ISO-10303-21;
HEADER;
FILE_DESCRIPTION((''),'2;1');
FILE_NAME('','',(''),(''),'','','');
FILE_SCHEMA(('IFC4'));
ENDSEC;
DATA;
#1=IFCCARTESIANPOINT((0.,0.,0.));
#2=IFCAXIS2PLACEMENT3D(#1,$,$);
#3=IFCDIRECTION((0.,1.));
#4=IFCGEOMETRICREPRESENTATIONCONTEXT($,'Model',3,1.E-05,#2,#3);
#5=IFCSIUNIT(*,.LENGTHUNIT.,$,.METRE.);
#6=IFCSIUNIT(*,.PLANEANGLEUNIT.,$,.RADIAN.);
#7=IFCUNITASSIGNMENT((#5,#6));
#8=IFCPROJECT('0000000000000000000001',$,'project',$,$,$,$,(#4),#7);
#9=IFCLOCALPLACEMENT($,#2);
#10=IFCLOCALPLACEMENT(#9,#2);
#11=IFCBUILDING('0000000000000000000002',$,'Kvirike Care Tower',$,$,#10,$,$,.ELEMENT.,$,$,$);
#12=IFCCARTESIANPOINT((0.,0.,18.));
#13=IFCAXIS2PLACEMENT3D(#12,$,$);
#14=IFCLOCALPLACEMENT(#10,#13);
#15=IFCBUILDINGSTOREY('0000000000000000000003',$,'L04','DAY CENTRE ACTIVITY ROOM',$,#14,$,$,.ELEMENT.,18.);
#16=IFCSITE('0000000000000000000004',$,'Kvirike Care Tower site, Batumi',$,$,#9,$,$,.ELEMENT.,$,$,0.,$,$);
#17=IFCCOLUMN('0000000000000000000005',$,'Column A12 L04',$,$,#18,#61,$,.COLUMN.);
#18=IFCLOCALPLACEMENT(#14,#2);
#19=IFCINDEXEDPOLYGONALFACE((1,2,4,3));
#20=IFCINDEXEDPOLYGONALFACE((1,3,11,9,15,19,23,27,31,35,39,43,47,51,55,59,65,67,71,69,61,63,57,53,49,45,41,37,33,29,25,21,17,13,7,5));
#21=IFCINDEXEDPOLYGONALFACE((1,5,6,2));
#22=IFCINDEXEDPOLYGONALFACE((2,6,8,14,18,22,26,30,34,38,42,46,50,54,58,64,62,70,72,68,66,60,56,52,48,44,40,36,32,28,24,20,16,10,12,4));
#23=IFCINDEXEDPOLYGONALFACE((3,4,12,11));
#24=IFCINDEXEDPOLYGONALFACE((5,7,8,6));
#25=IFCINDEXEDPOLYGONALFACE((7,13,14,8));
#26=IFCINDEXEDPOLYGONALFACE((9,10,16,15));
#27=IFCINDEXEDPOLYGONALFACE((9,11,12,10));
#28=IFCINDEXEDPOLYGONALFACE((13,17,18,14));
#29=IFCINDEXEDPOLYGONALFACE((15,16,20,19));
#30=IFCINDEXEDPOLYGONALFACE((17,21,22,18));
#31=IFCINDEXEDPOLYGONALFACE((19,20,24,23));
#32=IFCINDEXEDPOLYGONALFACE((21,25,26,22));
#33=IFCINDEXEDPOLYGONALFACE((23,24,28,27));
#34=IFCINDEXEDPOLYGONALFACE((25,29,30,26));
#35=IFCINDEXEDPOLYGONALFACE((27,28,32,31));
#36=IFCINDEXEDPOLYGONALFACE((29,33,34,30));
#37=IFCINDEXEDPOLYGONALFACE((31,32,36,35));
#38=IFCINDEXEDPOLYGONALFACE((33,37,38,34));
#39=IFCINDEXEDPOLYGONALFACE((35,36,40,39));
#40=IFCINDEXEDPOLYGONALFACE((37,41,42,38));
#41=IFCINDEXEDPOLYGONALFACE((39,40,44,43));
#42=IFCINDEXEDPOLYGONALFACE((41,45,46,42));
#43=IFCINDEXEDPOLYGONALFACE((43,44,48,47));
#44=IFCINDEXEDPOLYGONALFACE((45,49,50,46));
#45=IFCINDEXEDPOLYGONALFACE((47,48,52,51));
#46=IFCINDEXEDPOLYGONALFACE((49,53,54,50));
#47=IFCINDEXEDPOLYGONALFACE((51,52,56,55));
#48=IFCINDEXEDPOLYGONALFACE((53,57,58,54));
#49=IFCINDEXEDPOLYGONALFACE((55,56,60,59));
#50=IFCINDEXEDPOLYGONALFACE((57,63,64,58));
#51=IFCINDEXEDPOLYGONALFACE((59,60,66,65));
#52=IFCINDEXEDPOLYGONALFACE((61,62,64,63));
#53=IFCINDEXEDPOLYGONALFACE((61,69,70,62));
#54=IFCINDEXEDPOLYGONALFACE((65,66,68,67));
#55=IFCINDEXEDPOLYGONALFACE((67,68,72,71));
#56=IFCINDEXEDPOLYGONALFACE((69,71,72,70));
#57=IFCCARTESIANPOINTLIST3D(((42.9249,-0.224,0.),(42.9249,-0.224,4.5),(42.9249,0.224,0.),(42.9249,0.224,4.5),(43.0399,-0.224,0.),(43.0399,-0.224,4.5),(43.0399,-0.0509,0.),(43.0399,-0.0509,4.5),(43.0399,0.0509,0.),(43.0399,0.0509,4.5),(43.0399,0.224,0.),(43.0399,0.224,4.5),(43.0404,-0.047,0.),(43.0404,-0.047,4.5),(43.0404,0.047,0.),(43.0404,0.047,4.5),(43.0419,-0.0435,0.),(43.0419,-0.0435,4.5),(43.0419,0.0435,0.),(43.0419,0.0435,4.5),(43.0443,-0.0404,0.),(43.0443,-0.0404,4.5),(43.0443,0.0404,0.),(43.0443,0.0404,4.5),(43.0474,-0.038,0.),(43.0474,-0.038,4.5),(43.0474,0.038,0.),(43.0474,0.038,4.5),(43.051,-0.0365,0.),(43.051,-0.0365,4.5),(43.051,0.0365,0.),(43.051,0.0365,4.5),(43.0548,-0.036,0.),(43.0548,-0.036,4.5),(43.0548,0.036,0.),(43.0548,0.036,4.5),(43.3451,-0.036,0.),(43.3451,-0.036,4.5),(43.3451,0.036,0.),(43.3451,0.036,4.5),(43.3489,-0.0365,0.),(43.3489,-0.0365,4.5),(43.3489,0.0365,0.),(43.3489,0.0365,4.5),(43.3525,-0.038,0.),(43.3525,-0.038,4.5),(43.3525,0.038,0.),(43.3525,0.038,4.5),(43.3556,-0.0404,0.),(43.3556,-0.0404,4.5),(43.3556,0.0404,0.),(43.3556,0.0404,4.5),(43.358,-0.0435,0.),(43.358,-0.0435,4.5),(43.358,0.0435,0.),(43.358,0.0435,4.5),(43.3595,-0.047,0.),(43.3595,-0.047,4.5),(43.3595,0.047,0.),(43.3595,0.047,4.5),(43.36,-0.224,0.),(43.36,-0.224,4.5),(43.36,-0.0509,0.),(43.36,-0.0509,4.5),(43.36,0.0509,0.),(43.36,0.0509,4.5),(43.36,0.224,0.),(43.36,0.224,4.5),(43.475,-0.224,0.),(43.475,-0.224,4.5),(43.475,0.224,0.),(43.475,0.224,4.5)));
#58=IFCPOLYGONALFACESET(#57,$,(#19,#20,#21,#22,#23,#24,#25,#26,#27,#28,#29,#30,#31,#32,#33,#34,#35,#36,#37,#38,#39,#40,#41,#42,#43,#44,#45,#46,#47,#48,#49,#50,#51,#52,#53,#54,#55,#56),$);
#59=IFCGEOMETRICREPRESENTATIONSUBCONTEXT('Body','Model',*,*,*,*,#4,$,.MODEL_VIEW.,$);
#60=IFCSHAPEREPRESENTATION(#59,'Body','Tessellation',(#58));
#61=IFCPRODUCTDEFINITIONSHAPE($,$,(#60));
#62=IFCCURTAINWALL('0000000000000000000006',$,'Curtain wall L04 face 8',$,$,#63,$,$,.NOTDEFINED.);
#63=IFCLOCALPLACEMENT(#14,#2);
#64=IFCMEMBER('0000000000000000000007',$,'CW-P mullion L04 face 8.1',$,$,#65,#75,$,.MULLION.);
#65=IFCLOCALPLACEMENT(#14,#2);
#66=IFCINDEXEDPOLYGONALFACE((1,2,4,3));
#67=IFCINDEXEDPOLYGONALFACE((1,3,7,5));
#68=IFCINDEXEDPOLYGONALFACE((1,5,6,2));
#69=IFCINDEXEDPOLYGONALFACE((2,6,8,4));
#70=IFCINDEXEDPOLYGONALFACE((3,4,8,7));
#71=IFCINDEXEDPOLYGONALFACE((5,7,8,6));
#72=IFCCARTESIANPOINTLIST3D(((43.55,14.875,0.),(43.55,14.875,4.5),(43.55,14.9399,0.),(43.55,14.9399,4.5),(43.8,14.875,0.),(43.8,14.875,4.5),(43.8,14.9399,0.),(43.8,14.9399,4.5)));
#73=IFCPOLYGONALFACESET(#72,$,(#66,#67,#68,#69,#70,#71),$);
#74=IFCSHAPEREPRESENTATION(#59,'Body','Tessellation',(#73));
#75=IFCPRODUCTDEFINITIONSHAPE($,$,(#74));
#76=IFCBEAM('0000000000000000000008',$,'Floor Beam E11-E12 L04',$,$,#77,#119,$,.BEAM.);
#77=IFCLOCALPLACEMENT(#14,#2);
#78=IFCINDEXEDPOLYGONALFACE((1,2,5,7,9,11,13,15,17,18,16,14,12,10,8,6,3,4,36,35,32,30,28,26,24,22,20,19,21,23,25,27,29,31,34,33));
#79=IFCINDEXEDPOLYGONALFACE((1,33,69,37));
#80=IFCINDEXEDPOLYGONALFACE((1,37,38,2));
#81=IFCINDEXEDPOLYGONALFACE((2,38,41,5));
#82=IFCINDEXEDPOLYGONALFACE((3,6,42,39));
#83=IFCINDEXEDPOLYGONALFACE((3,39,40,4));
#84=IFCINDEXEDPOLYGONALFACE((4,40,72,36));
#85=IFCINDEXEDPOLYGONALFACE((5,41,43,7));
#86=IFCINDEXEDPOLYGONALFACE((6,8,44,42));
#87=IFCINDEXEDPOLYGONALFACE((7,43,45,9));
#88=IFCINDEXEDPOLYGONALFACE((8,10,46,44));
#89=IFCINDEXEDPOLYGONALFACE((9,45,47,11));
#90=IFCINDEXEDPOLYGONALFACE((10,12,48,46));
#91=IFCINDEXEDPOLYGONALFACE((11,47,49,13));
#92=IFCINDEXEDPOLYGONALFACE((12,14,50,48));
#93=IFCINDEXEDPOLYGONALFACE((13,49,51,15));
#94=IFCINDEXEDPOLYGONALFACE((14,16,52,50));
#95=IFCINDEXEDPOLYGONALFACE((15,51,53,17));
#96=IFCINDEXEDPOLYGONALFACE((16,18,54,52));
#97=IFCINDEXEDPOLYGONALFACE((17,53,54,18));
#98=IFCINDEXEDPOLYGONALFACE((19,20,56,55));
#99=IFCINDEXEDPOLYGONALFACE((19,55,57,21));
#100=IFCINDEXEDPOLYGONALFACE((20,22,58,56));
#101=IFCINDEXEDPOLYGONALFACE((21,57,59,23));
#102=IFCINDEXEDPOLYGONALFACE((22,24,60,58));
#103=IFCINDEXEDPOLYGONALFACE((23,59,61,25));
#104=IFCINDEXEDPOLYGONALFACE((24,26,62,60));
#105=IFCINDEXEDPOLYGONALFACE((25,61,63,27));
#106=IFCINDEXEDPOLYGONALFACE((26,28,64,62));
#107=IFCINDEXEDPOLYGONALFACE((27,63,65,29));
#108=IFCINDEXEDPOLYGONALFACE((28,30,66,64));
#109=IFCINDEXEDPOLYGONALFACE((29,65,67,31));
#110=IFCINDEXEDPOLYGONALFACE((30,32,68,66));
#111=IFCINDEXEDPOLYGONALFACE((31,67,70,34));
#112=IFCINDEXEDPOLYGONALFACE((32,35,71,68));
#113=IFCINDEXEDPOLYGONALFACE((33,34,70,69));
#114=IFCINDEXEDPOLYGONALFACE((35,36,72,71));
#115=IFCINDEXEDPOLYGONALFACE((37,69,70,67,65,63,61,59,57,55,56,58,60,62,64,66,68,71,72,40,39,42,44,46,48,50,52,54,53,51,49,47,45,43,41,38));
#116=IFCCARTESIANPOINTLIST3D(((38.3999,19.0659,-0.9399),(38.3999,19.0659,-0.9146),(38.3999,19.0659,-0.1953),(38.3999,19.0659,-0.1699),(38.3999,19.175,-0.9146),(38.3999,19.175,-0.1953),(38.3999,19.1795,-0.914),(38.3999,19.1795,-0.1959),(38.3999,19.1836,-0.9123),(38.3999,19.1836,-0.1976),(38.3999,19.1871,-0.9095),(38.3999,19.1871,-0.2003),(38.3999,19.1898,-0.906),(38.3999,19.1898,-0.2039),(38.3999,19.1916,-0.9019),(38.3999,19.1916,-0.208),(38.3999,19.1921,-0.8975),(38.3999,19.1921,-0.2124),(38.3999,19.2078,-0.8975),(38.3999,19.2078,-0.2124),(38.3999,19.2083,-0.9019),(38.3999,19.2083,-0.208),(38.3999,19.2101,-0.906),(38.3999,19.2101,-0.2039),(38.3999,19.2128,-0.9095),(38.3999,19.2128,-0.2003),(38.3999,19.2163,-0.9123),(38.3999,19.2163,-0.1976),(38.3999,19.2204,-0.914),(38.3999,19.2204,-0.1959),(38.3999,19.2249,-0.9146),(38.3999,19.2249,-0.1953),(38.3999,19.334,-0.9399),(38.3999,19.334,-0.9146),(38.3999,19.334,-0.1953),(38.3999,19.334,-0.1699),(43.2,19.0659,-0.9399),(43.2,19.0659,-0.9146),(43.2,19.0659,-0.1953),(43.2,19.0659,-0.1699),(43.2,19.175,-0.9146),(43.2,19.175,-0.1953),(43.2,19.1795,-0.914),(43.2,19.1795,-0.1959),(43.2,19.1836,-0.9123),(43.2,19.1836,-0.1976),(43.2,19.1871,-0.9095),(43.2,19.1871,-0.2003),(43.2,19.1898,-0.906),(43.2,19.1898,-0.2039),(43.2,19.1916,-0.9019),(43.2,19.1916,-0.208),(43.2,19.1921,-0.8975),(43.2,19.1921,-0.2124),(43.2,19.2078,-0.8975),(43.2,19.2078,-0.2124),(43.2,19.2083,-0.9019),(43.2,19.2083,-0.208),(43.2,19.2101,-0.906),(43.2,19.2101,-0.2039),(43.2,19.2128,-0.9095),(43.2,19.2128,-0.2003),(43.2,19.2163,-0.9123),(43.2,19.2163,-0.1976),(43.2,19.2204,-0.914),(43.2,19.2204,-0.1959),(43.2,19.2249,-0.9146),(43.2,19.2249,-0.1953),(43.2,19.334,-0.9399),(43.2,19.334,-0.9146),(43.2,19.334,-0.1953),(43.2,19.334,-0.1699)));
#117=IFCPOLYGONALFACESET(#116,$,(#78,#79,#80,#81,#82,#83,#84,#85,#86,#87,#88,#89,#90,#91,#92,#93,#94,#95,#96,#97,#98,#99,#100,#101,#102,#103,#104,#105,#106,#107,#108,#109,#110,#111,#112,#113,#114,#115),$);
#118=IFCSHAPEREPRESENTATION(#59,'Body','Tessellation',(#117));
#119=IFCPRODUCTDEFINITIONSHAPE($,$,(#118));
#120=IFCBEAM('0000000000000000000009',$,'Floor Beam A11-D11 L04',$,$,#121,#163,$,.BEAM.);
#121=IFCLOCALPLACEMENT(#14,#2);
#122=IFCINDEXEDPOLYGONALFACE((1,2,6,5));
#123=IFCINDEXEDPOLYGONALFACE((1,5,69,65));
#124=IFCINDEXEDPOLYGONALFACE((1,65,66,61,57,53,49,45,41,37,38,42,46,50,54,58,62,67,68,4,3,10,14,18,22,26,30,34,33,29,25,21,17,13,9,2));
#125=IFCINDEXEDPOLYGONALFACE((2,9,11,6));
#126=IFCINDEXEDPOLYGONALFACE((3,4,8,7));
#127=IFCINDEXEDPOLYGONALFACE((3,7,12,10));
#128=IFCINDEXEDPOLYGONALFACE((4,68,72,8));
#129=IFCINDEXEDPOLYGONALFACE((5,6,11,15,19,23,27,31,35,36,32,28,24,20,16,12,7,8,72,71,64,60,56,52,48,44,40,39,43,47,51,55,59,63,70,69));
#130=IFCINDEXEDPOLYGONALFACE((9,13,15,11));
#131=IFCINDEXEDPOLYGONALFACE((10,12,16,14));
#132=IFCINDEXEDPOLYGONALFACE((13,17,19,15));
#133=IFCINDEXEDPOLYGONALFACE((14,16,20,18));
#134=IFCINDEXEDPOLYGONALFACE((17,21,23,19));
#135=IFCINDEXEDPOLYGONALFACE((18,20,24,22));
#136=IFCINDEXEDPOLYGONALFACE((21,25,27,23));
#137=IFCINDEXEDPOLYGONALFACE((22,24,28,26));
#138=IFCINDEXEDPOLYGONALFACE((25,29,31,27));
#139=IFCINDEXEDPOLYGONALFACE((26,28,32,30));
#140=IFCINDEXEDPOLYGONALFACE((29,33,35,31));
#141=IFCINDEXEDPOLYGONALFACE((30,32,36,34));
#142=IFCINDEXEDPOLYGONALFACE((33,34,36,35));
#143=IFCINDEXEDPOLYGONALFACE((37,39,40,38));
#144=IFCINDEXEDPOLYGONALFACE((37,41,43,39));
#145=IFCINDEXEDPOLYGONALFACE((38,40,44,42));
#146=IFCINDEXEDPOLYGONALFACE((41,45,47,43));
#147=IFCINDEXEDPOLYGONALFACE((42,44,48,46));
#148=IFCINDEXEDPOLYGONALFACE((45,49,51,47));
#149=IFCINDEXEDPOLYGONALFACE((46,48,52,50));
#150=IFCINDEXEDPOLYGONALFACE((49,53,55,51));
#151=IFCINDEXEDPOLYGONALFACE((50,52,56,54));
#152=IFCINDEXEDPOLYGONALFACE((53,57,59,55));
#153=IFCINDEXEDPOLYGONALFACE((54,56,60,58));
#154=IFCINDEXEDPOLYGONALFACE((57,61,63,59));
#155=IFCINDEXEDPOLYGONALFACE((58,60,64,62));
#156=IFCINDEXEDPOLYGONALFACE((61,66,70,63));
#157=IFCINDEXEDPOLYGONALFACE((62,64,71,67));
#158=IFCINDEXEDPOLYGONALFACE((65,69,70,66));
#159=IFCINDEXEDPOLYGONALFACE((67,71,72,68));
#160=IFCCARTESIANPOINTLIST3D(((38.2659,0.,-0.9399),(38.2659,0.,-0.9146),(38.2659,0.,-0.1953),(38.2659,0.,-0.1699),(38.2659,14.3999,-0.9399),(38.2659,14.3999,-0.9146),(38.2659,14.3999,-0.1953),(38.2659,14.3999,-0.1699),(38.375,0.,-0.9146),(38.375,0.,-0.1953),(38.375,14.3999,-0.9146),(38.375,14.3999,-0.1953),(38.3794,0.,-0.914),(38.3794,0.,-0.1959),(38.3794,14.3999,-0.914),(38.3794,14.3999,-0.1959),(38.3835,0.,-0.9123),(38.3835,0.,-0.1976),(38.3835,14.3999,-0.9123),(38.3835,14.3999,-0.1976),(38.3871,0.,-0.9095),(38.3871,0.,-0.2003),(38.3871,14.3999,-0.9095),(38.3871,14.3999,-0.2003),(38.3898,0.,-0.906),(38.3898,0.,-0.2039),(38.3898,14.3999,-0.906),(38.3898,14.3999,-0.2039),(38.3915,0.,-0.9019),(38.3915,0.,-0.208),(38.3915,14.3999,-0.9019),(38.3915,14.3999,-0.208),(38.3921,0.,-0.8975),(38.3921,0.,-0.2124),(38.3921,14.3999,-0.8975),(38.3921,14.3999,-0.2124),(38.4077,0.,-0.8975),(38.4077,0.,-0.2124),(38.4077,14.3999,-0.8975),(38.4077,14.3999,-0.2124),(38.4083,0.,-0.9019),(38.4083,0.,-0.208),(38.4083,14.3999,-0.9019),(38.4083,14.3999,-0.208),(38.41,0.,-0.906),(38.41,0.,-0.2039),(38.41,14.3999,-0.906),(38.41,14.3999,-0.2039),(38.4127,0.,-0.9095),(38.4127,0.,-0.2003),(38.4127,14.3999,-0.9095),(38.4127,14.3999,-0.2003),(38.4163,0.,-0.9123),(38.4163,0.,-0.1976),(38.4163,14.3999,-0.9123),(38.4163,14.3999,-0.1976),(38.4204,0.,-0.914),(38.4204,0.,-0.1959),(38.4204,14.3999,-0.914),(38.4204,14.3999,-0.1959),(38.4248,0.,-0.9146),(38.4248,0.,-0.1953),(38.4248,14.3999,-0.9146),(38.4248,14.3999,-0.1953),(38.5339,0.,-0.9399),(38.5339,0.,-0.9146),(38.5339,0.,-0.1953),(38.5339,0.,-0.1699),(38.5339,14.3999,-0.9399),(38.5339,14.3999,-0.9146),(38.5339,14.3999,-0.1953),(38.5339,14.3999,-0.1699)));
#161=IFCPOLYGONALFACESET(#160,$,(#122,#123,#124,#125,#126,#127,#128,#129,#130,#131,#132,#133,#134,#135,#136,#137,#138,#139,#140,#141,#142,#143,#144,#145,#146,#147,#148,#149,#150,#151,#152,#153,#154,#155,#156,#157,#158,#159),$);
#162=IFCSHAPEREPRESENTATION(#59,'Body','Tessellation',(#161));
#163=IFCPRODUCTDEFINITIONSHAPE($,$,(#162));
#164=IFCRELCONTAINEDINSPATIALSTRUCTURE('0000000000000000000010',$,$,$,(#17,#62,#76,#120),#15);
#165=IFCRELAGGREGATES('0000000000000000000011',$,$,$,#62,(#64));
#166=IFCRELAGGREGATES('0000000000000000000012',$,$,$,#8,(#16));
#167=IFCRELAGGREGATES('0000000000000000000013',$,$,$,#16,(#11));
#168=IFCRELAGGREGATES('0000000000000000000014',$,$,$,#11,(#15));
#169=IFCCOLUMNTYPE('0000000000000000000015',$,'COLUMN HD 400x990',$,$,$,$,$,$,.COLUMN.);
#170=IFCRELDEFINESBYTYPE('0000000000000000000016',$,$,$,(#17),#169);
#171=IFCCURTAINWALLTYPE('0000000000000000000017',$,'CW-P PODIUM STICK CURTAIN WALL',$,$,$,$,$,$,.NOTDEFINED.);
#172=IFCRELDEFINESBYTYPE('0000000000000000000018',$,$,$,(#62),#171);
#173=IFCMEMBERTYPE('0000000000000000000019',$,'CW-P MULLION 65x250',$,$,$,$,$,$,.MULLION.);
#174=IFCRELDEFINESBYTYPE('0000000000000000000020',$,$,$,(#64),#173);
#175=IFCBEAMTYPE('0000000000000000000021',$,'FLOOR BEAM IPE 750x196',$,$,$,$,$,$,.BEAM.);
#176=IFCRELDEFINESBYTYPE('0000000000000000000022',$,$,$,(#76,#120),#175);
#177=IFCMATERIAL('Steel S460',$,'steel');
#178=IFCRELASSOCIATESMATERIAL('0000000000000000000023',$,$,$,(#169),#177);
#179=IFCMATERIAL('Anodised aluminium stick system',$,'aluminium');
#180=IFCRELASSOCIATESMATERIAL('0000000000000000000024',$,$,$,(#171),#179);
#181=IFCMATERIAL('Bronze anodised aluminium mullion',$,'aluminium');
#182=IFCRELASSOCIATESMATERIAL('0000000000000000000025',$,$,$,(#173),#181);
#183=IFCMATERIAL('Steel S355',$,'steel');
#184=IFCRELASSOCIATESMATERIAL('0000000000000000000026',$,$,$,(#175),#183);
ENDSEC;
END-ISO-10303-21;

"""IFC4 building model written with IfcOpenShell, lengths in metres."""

from ifc_helpers import new_model, si_unit, direction, frame, origin, origin_2d, place, context, subcontext, project, spatial, rectangle, i_section, extrude, material, material_profile, profile_set, type_object, element, aggregate, save


model = new_model("IFC4")

# Units and contexts
model_context = context("Model", 3, precision=1e-05, world=origin(), true_north=direction((0.0, 1.0)))
body_context = subcontext(model_context, "Body", "Model", "MODEL_VIEW")
ifc_project = project(units=[si_unit("LENGTHUNIT", "METRE"), si_unit("PLANEANGLEUNIT", "RADIAN")], contexts=[model_context])

# Site, building, storey
site_placement = place(None, origin())
site = spatial("IfcSite", under=ifc_project, at=site_placement, Name="Kvirike Care Tower site, Batumi", CompositionType="ELEMENT", RefElevation=0.0)
building_placement = place(site_placement, origin())
building = spatial("IfcBuilding", under=site, at=building_placement, Name="Kvirike Care Tower", CompositionType="ELEMENT")
storey_placement = place(building_placement, frame((0.0, 0.0, 18.0)))
storey = spatial("IfcBuildingStorey", under=building, at=storey_placement, Name="L04", Description="DAY CENTRE ACTIVITY ROOM", CompositionType="ELEMENT", Elevation=18.0)

# Column
ifc_material_1 = material(Name="Steel S460", Category="steel")
ifc_material_profile_1 = material_profile(ifc_material_1, i_section(OverallWidth=0.448, OverallDepth=0.55, WebThickness=0.072, FlangeThickness=0.115, FilletRadius=0.0149, at=origin_2d()), Name="HD 400x990")
ifc_profile_set_1 = profile_set([ifc_material_profile_1], Name="Steel S460")
column_type_1 = type_object("IfcColumnType", Name="COLUMN HD 400x990", PredefinedType="COLUMN", material=ifc_profile_set_1)
column_1_placement = place(storey_placement, frame((43.2, 0.0, 0.0), z_axis=(0.0, 0.0, 1.0), x_axis=(0.0, 1.0, 0.0)))
element("IfcColumn", 1, at=column_1_placement, inside=storey, type_object=column_type_1, Name="Column A12 L04", PredefinedType="COLUMN", context=body_context, shape_type="SweptSolid", body=[
    extrude(i_section(OverallWidth=0.448, OverallDepth=0.55, WebThickness=0.072, FlangeThickness=0.115, FilletRadius=0.0149, at=origin_2d()), origin(), (0.0, 0.0, 1.0), 4.5),
])

# Curtain wall, member
ifc_material_2 = material(Name="Anodised aluminium stick system", Category="aluminium")
curtain_wall_type = type_object("IfcCurtainWallType", Name="CW-P PODIUM STICK CURTAIN WALL", PredefinedType="NOTDEFINED", material=ifc_material_2)
curtain_wall_placement = place(storey_placement, origin())
curtain_wall = element("IfcCurtainWall", 2, at=curtain_wall_placement, inside=storey, type_object=curtain_wall_type, Name="Curtain wall L04 face 8", PredefinedType="NOTDEFINED")
ifc_material_3 = material(Name="Bronze anodised aluminium mullion", Category="aluminium")
ifc_material_profile_2 = material_profile(ifc_material_3, rectangle(XDim=0.0649, YDim=0.25, at=origin_2d()), Name="CW-P MULLION 65x250")
ifc_profile_set_2 = profile_set([ifc_material_profile_2], Name="Bronze anodised aluminium mullion")
member_type = type_object("IfcMemberType", Name="CW-P MULLION 65x250", PredefinedType="MULLION", material=ifc_profile_set_2)
member_placement = place(storey_placement, frame((43.675, 14.9075, 0.0), z_axis=(0.0, 0.0, 1.0), x_axis=(0.0, 1.0, 0.0)))
member = element("IfcMember", 3, at=member_placement, type_object=member_type, Name="CW-P mullion L04 face 8.1", PredefinedType="MULLION", context=body_context, shape_type="SweptSolid", body=[
    extrude(rectangle(XDim=0.0649, YDim=0.25, at=origin_2d()), origin(), (0.0, 0.0, 1.0), 4.5),
])
aggregate(curtain_wall, [member])

# Beams
ifc_material_4 = material(Name="Steel S355", Category="steel")
ifc_material_profile_3 = material_profile(ifc_material_4, i_section(OverallWidth=0.2681, OverallDepth=0.77, WebThickness=0.0156, FlangeThickness=0.0254, FilletRadius=0.0171, at=origin_2d()), Name="IPE 750x196")
ifc_profile_set_3 = profile_set([ifc_material_profile_3], Name="Steel S355")
beam_type_1 = type_object("IfcBeamType", Name="FLOOR BEAM IPE 750x196", PredefinedType="BEAM", material=ifc_profile_set_3)
beam_1_placement = place(storey_placement, frame((38.3999, 19.2, -0.5549), z_axis=(1.0, 0.0, 0.0), x_axis=(0.0, 1.0, 0.0)))
element("IfcBeam", 4, at=beam_1_placement, inside=storey, type_object=beam_type_1, Name="Floor Beam E11-E12 L04", PredefinedType="BEAM", context=body_context, shape_type="SweptSolid", body=[
    extrude(i_section(OverallWidth=0.2681, OverallDepth=0.77, WebThickness=0.0156, FlangeThickness=0.0254, FilletRadius=0.0171, at=origin_2d()), origin(), (0.0, 0.0, 1.0), 4.8),
])
for number, where, z_axis, x_axis, name in (
    (5, (38.3999, 0.0, -0.5549), (0.0, 1.0, 0.0), (-1.0, 0.0, 0.0), "Floor Beam A11-D11 L04"),
):
    element("IfcBeam", number, at=place(storey_placement, frame(where, z_axis=z_axis, x_axis=x_axis)), inside=storey, type_object=beam_type_1, Name=name, PredefinedType="BEAM", context=body_context, shape_type="SweptSolid", body=[
        extrude(i_section(OverallWidth=0.2681, OverallDepth=0.77, WebThickness=0.0156, FlangeThickness=0.0254, FilletRadius=0.0171, at=origin_2d()), origin(), (0.0, 0.0, 1.0), 14.3999),
    ])

save(model, "model.ifc")
